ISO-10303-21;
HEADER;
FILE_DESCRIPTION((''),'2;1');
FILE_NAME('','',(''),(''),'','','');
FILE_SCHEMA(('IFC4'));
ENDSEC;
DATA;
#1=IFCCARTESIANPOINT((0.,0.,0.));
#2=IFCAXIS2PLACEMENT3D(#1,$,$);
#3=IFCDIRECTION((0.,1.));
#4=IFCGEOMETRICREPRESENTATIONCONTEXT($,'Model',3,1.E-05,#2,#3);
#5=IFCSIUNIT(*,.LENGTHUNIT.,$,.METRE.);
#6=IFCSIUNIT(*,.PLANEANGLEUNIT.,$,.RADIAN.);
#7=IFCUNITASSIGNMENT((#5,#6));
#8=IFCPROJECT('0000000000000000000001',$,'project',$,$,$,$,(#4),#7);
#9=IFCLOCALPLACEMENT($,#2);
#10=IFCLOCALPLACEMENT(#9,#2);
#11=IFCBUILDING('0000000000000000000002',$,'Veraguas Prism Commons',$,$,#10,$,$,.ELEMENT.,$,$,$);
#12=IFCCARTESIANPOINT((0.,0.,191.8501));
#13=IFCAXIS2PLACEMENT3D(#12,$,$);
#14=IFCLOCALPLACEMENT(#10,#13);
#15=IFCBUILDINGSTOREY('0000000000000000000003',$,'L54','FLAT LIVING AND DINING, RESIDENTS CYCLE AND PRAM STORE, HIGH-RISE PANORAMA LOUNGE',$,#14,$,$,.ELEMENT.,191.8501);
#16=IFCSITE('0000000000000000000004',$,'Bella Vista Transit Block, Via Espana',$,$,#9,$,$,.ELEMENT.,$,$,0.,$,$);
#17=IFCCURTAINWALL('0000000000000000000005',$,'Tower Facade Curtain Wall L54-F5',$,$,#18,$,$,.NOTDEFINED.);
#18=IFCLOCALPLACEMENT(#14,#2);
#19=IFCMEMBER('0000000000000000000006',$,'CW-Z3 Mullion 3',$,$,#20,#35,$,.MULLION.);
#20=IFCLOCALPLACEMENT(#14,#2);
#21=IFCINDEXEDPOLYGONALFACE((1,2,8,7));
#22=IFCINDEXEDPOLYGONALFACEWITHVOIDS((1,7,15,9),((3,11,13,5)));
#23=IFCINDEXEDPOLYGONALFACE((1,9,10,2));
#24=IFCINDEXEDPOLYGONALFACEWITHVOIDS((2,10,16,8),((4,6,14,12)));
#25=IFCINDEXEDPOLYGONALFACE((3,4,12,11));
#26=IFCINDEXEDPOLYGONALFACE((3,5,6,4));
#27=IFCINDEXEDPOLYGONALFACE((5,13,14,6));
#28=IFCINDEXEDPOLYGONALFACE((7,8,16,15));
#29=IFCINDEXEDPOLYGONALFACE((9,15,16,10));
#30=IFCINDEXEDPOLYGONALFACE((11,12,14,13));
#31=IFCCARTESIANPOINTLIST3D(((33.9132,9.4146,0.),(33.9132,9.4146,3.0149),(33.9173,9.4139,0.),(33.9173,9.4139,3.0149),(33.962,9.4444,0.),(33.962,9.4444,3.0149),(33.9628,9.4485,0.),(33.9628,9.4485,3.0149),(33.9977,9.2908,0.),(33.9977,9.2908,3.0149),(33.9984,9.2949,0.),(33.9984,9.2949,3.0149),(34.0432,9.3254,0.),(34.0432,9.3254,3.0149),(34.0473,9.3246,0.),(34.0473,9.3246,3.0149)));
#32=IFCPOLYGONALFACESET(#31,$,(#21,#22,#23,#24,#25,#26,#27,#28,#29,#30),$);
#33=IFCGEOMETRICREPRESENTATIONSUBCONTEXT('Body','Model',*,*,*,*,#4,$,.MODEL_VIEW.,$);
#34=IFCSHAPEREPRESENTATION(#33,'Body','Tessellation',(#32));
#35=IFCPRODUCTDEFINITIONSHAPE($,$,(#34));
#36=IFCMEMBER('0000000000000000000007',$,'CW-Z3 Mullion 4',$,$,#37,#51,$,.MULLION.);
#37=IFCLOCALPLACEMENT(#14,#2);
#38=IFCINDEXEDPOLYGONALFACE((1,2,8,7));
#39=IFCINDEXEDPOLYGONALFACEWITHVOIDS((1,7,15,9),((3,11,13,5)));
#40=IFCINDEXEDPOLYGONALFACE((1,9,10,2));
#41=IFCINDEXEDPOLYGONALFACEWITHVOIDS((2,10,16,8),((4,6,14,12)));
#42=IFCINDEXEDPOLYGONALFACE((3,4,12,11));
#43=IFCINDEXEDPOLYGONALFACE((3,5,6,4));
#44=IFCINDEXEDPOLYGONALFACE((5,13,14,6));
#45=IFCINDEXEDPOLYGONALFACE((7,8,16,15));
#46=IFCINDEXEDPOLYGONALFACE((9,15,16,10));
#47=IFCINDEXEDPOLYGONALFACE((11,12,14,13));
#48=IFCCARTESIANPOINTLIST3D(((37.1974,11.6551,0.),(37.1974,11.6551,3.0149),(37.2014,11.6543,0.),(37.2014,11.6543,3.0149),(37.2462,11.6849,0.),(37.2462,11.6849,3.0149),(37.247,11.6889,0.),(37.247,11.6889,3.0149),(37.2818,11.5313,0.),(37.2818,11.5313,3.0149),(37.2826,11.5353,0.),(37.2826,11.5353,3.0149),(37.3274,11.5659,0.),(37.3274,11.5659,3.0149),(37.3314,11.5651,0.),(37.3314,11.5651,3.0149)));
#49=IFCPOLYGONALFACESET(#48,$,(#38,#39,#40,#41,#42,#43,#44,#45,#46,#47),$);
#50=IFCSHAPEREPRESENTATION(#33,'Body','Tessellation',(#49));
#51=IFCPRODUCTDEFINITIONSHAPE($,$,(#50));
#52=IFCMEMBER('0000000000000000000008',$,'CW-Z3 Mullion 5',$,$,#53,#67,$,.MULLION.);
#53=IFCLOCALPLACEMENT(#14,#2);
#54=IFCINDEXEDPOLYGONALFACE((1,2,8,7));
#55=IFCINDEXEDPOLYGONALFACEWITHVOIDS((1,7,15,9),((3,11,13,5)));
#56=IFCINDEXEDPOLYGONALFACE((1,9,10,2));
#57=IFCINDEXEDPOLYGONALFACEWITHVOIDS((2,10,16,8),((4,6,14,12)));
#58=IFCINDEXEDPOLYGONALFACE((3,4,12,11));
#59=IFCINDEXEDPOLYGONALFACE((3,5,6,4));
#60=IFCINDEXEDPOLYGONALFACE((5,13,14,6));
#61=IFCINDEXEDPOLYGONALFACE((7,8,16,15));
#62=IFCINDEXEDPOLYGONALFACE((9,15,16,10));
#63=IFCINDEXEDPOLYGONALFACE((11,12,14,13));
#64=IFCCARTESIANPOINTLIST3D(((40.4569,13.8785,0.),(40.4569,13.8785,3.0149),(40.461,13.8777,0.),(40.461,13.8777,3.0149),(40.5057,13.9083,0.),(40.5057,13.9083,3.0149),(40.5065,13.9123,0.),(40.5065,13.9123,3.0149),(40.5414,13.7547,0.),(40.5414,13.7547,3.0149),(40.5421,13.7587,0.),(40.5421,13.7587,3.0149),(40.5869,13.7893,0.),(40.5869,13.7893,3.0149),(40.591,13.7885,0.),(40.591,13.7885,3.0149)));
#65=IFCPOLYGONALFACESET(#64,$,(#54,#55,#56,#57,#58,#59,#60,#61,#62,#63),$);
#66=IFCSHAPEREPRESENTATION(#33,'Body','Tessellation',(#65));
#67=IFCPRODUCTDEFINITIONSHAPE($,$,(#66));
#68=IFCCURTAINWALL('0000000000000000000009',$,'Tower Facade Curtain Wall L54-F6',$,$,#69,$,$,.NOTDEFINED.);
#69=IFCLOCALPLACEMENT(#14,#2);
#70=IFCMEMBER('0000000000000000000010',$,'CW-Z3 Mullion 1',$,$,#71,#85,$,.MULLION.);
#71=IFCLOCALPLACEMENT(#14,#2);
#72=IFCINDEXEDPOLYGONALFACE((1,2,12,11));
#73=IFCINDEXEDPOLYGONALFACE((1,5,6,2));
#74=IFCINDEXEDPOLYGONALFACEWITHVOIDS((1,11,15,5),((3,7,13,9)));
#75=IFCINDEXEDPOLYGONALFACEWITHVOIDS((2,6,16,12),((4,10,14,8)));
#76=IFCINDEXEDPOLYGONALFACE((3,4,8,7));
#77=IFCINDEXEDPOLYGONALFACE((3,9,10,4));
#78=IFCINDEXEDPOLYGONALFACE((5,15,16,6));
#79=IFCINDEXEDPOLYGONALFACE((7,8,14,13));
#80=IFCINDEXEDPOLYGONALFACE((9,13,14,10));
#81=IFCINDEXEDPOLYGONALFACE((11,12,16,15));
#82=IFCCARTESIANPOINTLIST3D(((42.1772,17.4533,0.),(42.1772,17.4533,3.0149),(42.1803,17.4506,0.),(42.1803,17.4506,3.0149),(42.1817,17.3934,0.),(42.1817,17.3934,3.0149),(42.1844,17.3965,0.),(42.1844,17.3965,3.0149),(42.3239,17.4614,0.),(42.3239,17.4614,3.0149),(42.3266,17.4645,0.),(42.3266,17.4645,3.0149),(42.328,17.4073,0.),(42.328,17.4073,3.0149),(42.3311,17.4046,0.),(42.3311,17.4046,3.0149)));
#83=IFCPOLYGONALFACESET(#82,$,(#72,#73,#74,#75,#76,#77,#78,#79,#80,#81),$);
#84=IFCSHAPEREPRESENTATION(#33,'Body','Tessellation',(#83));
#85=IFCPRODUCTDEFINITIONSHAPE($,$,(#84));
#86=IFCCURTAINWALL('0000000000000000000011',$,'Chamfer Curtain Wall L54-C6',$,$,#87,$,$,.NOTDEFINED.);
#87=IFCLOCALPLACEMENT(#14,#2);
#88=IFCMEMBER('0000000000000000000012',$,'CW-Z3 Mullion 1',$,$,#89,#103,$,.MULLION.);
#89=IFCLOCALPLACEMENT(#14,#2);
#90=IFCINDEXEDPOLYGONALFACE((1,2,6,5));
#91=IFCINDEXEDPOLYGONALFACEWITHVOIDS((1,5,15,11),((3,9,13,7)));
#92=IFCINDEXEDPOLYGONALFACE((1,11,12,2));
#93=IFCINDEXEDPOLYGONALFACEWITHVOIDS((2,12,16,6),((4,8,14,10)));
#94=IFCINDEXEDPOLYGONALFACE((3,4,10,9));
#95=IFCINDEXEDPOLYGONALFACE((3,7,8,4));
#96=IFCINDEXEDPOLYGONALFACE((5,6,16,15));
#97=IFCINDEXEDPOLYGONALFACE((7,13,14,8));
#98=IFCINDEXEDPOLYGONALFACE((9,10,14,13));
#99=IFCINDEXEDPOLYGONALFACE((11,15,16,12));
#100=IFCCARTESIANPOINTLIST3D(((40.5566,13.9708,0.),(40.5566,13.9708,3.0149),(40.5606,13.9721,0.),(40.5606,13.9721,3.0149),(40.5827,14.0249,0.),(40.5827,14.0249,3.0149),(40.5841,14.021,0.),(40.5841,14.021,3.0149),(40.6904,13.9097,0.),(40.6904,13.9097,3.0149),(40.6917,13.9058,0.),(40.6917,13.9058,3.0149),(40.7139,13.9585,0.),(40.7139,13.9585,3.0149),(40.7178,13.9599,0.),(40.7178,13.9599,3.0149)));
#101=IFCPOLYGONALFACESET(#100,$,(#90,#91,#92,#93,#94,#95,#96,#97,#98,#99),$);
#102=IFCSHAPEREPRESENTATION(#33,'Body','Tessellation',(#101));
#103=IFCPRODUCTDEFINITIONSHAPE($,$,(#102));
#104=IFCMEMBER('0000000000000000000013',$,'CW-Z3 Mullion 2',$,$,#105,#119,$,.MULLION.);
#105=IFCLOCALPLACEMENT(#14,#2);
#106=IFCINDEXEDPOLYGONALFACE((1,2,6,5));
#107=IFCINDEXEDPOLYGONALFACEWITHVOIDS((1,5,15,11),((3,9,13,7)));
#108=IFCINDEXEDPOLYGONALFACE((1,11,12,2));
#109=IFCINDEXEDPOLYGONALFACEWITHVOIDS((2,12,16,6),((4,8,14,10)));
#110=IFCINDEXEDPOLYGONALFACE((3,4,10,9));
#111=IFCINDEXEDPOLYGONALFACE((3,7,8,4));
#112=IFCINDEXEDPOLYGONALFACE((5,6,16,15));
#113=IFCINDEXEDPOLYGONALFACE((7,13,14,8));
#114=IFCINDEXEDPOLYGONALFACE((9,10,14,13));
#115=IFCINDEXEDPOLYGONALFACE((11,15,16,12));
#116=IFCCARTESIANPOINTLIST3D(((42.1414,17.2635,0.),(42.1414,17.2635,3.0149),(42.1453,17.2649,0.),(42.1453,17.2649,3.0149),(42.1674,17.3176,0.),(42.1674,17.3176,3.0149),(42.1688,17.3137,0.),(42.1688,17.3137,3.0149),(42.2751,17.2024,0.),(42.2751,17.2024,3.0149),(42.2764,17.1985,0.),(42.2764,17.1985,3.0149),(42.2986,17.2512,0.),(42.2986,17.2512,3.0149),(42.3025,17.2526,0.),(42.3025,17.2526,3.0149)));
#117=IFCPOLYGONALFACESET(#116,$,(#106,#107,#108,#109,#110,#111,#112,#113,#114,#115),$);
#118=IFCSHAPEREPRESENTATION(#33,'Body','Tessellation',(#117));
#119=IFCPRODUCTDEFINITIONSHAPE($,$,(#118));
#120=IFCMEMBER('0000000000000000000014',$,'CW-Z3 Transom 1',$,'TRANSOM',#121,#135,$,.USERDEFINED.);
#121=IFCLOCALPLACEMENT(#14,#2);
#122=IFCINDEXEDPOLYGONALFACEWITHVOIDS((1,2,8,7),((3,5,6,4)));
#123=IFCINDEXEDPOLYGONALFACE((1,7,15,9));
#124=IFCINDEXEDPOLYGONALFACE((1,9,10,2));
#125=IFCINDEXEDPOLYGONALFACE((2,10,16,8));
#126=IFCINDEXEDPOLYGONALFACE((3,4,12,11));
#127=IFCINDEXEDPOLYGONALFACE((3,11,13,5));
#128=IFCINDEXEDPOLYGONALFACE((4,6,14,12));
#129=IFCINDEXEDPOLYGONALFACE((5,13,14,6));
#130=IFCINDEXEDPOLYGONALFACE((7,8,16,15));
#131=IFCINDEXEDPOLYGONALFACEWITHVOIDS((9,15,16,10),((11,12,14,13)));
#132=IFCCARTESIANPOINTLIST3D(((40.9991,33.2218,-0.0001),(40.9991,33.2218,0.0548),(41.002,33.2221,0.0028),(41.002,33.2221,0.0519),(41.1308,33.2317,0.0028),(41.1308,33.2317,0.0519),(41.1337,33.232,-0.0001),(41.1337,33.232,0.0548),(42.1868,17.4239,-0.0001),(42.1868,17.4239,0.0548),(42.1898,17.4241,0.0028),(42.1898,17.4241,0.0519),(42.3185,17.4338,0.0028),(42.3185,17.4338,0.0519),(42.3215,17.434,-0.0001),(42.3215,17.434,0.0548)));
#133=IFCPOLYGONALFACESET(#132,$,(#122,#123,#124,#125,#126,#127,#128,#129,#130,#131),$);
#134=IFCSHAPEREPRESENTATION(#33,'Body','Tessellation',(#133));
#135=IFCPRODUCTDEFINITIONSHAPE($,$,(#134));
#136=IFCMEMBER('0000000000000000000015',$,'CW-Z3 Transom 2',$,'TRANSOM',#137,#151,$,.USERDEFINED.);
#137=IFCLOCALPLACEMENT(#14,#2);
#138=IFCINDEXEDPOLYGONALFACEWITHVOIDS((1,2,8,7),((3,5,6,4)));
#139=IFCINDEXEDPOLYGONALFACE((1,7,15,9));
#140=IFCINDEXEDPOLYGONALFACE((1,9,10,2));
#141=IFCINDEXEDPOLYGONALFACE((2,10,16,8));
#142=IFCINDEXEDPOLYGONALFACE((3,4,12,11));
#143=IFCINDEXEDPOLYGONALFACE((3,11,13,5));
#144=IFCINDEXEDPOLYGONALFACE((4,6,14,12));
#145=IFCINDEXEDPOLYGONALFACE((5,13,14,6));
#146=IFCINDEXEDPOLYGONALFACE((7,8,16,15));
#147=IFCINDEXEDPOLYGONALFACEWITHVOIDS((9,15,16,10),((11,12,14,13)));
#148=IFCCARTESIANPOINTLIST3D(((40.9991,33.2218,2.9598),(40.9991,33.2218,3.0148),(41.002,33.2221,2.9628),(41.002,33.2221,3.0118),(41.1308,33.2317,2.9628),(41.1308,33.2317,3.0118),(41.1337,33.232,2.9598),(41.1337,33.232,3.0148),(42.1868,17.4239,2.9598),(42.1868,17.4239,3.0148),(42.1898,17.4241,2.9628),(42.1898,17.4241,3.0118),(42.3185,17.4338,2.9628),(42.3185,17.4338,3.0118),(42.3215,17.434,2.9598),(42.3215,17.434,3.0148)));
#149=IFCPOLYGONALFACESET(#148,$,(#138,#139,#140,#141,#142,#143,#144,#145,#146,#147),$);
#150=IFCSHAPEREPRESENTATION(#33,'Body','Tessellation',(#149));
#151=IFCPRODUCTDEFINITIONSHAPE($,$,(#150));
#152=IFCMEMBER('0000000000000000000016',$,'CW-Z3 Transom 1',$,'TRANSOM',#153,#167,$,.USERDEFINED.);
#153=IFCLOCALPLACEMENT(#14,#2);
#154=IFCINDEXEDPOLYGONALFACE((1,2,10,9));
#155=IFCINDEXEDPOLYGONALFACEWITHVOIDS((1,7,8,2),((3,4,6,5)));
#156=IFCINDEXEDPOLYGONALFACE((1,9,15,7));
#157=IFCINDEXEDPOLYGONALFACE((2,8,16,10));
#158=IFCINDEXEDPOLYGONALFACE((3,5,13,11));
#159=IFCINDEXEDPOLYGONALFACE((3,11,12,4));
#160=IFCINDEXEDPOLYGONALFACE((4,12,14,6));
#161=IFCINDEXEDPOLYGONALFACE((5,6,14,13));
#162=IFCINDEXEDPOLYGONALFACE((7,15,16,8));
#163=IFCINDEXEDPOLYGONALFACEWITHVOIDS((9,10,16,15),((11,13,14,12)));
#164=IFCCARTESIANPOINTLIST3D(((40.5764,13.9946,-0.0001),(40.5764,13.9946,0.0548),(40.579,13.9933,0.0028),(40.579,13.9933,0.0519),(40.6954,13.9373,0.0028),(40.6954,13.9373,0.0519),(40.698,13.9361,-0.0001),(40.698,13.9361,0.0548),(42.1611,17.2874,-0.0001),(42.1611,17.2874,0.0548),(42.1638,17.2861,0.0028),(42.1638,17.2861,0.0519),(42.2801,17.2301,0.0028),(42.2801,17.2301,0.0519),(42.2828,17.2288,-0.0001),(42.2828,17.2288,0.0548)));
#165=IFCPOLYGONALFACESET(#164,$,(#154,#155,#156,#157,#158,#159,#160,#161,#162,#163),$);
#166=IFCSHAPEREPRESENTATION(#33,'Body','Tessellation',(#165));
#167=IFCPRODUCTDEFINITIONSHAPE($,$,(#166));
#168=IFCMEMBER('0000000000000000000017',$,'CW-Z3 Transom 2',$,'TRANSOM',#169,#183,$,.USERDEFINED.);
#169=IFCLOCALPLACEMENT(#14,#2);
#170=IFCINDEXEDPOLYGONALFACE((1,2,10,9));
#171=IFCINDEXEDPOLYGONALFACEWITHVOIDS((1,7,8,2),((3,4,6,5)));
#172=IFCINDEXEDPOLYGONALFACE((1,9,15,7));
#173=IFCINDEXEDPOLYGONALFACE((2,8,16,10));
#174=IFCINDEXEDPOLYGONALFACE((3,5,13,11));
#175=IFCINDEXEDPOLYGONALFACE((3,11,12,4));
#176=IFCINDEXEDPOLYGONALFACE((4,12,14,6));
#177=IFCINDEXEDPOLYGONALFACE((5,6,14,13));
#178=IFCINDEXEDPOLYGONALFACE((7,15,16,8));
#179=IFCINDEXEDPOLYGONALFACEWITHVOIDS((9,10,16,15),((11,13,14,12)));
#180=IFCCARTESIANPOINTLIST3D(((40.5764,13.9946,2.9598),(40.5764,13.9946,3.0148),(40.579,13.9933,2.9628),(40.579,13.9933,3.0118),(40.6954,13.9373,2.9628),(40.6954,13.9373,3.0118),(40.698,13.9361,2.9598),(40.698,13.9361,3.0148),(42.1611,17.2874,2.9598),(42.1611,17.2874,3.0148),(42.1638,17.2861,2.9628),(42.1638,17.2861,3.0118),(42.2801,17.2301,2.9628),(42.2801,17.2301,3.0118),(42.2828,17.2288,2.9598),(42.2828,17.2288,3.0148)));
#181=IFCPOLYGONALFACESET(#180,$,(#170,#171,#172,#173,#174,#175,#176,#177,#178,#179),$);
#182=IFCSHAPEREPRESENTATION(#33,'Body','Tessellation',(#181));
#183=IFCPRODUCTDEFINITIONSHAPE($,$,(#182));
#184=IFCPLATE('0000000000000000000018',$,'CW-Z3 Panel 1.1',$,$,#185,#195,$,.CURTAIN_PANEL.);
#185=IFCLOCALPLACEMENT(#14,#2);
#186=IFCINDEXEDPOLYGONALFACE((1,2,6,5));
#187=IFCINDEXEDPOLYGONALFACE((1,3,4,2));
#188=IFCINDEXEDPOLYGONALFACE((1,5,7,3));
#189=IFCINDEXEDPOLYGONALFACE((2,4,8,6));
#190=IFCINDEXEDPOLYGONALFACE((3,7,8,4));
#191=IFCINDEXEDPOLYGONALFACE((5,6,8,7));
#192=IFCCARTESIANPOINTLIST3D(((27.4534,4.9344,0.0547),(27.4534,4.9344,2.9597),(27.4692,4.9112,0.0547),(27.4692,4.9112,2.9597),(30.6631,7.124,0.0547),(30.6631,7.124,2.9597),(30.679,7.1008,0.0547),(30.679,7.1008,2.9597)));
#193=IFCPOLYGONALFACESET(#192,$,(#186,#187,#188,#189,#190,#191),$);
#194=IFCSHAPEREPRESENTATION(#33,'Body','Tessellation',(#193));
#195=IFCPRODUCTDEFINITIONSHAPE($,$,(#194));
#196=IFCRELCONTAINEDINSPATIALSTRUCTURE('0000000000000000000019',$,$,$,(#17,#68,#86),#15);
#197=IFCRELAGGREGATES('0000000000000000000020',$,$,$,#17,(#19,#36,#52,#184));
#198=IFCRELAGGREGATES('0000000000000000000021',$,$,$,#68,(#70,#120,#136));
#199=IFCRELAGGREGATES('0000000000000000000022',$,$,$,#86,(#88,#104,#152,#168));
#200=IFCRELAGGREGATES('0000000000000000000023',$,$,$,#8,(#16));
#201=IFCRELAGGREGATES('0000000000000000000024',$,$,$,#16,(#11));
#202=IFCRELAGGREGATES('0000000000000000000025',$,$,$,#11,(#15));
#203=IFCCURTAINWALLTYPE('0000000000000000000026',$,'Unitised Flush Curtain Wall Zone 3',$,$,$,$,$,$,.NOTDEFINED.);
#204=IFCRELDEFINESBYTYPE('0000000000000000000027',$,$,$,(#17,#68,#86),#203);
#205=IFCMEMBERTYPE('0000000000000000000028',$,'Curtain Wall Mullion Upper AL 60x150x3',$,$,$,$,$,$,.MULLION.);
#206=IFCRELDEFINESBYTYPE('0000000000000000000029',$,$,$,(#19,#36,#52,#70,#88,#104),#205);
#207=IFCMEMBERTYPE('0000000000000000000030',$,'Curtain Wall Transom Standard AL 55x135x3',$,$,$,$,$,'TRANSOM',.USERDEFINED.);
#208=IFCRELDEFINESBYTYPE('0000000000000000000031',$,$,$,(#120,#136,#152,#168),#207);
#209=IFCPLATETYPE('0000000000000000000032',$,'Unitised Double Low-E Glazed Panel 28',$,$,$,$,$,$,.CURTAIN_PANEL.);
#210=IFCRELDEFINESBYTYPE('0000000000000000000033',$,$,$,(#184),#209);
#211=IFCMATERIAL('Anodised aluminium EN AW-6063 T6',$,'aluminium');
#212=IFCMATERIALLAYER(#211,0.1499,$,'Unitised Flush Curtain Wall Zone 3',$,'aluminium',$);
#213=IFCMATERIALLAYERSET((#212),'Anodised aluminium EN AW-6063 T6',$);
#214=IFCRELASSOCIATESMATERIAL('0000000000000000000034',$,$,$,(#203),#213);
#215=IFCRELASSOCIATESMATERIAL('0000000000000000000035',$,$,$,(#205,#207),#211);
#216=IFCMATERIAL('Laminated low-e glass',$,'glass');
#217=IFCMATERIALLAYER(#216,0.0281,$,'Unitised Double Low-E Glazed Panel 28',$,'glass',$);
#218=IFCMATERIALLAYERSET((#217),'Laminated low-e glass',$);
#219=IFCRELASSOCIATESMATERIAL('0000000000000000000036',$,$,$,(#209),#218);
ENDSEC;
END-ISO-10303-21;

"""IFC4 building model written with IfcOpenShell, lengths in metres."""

from ifc_helpers import new_model, si_unit, direction, frame, origin, origin_2d, place, context, subcontext, project, spatial, rectangle, hollow_rectangle, extrude, source, transform, mapped, material, layer, layer_set, material_profile, profile_set, type_object, element, aggregate, save


model = new_model("IFC4")

# Units and contexts
model_context = context("Model", 3, precision=1e-05, world=origin(), true_north=direction((0.0, 1.0)))
body_context = subcontext(model_context, "Body", "Model", "MODEL_VIEW")
ifc_project = project(units=[si_unit("LENGTHUNIT", "METRE"), si_unit("PLANEANGLEUNIT", "RADIAN")], contexts=[model_context])

# Site, building, storey
site_placement = place(None, origin())
site = spatial("IfcSite", under=ifc_project, at=site_placement, Name="Bella Vista Transit Block, Via Espana", CompositionType="ELEMENT", RefElevation=0.0)
building_placement = place(site_placement, origin())
building = spatial("IfcBuilding", under=site, at=building_placement, Name="Veraguas Prism Commons", CompositionType="ELEMENT")
storey_placement = place(building_placement, frame((0.0, 0.0, 191.8501)))
storey = spatial("IfcBuildingStorey", under=building, at=storey_placement, Name="L54", Description="FLAT LIVING AND DINING, RESIDENTS CYCLE AND PRAM STORE, HIGH-RISE PANORAMA LOUNGE", CompositionType="ELEMENT", Elevation=191.8501)

# Curtain wall, members
ifc_material_1 = material(Name="Anodised aluminium EN AW-6063 T6", Category="aluminium")
ifc_layer_1 = layer(ifc_material_1, 0.1499, Name="Unitised Flush Curtain Wall Zone 3", Category="aluminium")
ifc_layer_set_1 = layer_set([ifc_layer_1], Name="Anodised aluminium EN AW-6063 T6")
curtain_wall_type = type_object("IfcCurtainWallType", Name="Unitised Flush Curtain Wall Zone 3", PredefinedType="NOTDEFINED", material=ifc_layer_set_1)
curtain_wall_1_placement = place(storey_placement, origin())
curtain_wall_1 = element("IfcCurtainWall", 1, at=curtain_wall_1_placement, inside=storey, type_object=curtain_wall_type, Name="Tower Facade Curtain Wall L54-F5", PredefinedType="NOTDEFINED")
ifc_material_profile_1 = material_profile(ifc_material_1, hollow_rectangle(XDim=0.0601, YDim=0.1499, WallThickness=0.0029, at=origin_2d()), Name="AL60X150X3")
ifc_profile_set_1 = profile_set([ifc_material_profile_1], Name="Anodised aluminium EN AW-6063 T6")
member_type_1 = type_object("IfcMemberType", Name="Curtain Wall Mullion Upper AL 60x150x3", PredefinedType="MULLION", material=ifc_profile_set_1)
shared_shape_1 = source(origin(), body_context, "Body", "SweptSolid", [
    extrude(hollow_rectangle(XDim=0.0601, YDim=0.1499, WallThickness=0.0029, at=origin_2d()), origin(), (0.0, 0.0, 1.0), 3.0149),
])
member_1_placement = place(storey_placement, frame((33.9802, 9.3696, 0.0), z_axis=(0.0, 0.0, 1.0), x_axis=(0.826095, 0.56353, 0.0)))
member_1 = element("IfcMember", 2, at=member_1_placement, type_object=member_type_1, Name="CW-Z3 Mullion 3", PredefinedType="MULLION", context=body_context, shape_type="MappedRepresentation", body=[
    mapped(shared_shape_1, transform((0.0, 0.0, 0.0), scale=1.0)),
])
member_2_placement = place(storey_placement, frame((37.2644, 11.6101, 0.0), z_axis=(0.0, 0.0, 1.0), x_axis=(0.826095, 0.56353, 0.0)))
member_2 = element("IfcMember", 3, at=member_2_placement, type_object=member_type_1, Name="CW-Z3 Mullion 4", PredefinedType="MULLION", context=body_context, shape_type="MappedRepresentation", body=[
    mapped(shared_shape_1, transform((0.0, 0.0, 0.0), scale=1.0)),
])
member_3_placement = place(storey_placement, frame((40.5239, 13.8335, 0.0), z_axis=(0.0, 0.0, 1.0), x_axis=(0.826095, 0.56353, 0.0)))
member_3 = element("IfcMember", 4, at=member_3_placement, type_object=member_type_1, Name="CW-Z3 Mullion 5", PredefinedType="MULLION", context=body_context, shape_type="MappedRepresentation", body=[
    mapped(shared_shape_1, transform((0.0, 0.0, 0.0), scale=1.0)),
])

# Curtain wall, member
curtain_wall_2_placement = place(storey_placement, origin())
curtain_wall_2 = element("IfcCurtainWall", 5, at=curtain_wall_2_placement, inside=storey, type_object=curtain_wall_type, Name="Tower Facade Curtain Wall L54-F6", PredefinedType="NOTDEFINED")
member_4_placement = place(storey_placement, frame((42.2542, 17.429, 0.0), z_axis=(0.0, 0.0, 1.0), x_axis=(-0.074975, 0.997185, 0.0)))
member_4 = element("IfcMember", 6, at=member_4_placement, type_object=member_type_1, Name="CW-Z3 Mullion 1", PredefinedType="MULLION", context=body_context, shape_type="MappedRepresentation", body=[
    mapped(shared_shape_1, transform((0.0, 0.0, 0.0), scale=1.0)),
])

# Curtain wall, members
curtain_wall_3_placement = place(storey_placement, origin())
curtain_wall_3 = element("IfcCurtainWall", 7, at=curtain_wall_3_placement, inside=storey, type_object=curtain_wall_type, Name="Chamfer Curtain Wall L54-C6", PredefinedType="NOTDEFINED")
member_5_placement = place(storey_placement, frame((40.6372, 13.9653, 0.0), z_axis=(0.0, 0.0, 1.0), x_axis=(0.43368, 0.901067, 0.0)))
member_5 = element("IfcMember", 8, at=member_5_placement, type_object=member_type_1, Name="CW-Z3 Mullion 1", PredefinedType="MULLION", context=body_context, shape_type="MappedRepresentation", body=[
    mapped(shared_shape_1, transform((0.0, 0.0, 0.0), scale=1.0)),
])
member_6_placement = place(storey_placement, frame((42.2219, 17.2581, 0.0), z_axis=(0.0, 0.0, 1.0), x_axis=(0.43368, 0.901067, 0.0)))
member_6 = element("IfcMember", 9, at=member_6_placement, type_object=member_type_1, Name="CW-Z3 Mullion 2", PredefinedType="MULLION", context=body_context, shape_type="MappedRepresentation", body=[
    mapped(shared_shape_1, transform((0.0, 0.0, 0.0), scale=1.0)),
])

# Members
ifc_material_profile_2 = material_profile(ifc_material_1, hollow_rectangle(XDim=0.0549, YDim=0.135, WallThickness=0.0029, at=origin_2d()), Name="AL55X135X3")
ifc_profile_set_2 = profile_set([ifc_material_profile_2], Name="Anodised aluminium EN AW-6063 T6")
member_type_2 = type_object("IfcMemberType", Name="Curtain Wall Transom Standard AL 55x135x3", ElementType="TRANSOM", PredefinedType="USERDEFINED", material=ifc_profile_set_2)
shared_shape_2 = source(origin(), body_context, "Body", "SweptSolid", [
    extrude(hollow_rectangle(XDim=0.0549, YDim=0.135, WallThickness=0.0029, at=origin_2d()), origin(), (0.0, 0.0, 1.0), 15.8425),
])
member_7_placement = place(storey_placement, frame((42.2542, 17.429, 0.0273), z_axis=(-0.074972, 0.997186, 0.0), x_axis=(0.0, 0.0, 1.0)))
member_7 = element("IfcMember", 10, at=member_7_placement, type_object=member_type_2, Name="CW-Z3 Transom 1", ObjectType="TRANSOM", PredefinedType="USERDEFINED", context=body_context, shape_type="MappedRepresentation", body=[
    mapped(shared_shape_2, transform((0.0, 0.0, 0.0), scale=1.0)),
])
member_8_placement = place(storey_placement, frame((42.2542, 17.429, 2.9873), z_axis=(-0.074972, 0.997186, 0.0), x_axis=(0.0, 0.0, 1.0)))
member_8 = element("IfcMember", 11, at=member_8_placement, type_object=member_type_2, Name="CW-Z3 Transom 2", ObjectType="TRANSOM", PredefinedType="USERDEFINED", context=body_context, shape_type="MappedRepresentation", body=[
    mapped(shared_shape_2, transform((0.0, 0.0, 0.0), scale=1.0)),
])
shared_shape_3 = source(origin(), body_context, "Body", "SweptSolid", [
    extrude(hollow_rectangle(XDim=0.0549, YDim=0.135, WallThickness=0.0029, at=origin_2d()), origin(), (0.0, 0.0, 1.0), 3.6543),
])
member_9_placement = place(storey_placement, frame((40.6372, 13.9653, 0.0273), z_axis=(0.433667, 0.901073, 0.0), x_axis=(0.0, 0.0, 1.0)))
member_9 = element("IfcMember", 12, at=member_9_placement, type_object=member_type_2, Name="CW-Z3 Transom 1", ObjectType="TRANSOM", PredefinedType="USERDEFINED", context=body_context, shape_type="MappedRepresentation", body=[
    mapped(shared_shape_3, transform((0.0, 0.0, 0.0), scale=1.0)),
])
member_10_placement = place(storey_placement, frame((40.6372, 13.9653, 2.9873), z_axis=(0.433667, 0.901073, 0.0), x_axis=(0.0, 0.0, 1.0)))
member_10 = element("IfcMember", 13, at=member_10_placement, type_object=member_type_2, Name="CW-Z3 Transom 2", ObjectType="TRANSOM", PredefinedType="USERDEFINED", context=body_context, shape_type="MappedRepresentation", body=[
    mapped(shared_shape_3, transform((0.0, 0.0, 0.0), scale=1.0)),
])

# Plate
ifc_material_2 = material(Name="Laminated low-e glass", Category="glass")
ifc_layer_2 = layer(ifc_material_2, 0.0281, Name="Unitised Double Low-E Glazed Panel 28", Category="glass")
ifc_layer_set_2 = layer_set([ifc_layer_2], Name="Laminated low-e glass")
plate_type = type_object("IfcPlateType", Name="Unitised Double Low-E Glazed Panel 28", PredefinedType="CURTAIN_PANEL", material=ifc_layer_set_2)
shared_shape_4 = source(origin(), body_context, "Body", "SweptSolid", [
    extrude(rectangle(XDim=3.8855, YDim=0.0281, at=origin_2d()), origin(), (0.0, 0.0, 1.0), 2.905),
])
plate_1_placement = place(storey_placement, frame((29.0662, 6.0176, 0.0547), z_axis=(0.0, 0.0, 1.0), x_axis=(0.826095, 0.56353, 0.0)))
plate_1 = element("IfcPlate", 14, at=plate_1_placement, type_object=plate_type, Name="CW-Z3 Panel 1.1", PredefinedType="CURTAIN_PANEL", context=body_context, shape_type="MappedRepresentation", body=[
    mapped(shared_shape_4, transform((0.0, 0.0, 0.0), scale=1.0)),
])
aggregate(curtain_wall_1, [member_1, member_2, member_3, plate_1])
aggregate(curtain_wall_2, [member_4, member_7, member_8])
aggregate(curtain_wall_3, [member_5, member_6, member_9, member_10])

save(model, "model.ifc")
